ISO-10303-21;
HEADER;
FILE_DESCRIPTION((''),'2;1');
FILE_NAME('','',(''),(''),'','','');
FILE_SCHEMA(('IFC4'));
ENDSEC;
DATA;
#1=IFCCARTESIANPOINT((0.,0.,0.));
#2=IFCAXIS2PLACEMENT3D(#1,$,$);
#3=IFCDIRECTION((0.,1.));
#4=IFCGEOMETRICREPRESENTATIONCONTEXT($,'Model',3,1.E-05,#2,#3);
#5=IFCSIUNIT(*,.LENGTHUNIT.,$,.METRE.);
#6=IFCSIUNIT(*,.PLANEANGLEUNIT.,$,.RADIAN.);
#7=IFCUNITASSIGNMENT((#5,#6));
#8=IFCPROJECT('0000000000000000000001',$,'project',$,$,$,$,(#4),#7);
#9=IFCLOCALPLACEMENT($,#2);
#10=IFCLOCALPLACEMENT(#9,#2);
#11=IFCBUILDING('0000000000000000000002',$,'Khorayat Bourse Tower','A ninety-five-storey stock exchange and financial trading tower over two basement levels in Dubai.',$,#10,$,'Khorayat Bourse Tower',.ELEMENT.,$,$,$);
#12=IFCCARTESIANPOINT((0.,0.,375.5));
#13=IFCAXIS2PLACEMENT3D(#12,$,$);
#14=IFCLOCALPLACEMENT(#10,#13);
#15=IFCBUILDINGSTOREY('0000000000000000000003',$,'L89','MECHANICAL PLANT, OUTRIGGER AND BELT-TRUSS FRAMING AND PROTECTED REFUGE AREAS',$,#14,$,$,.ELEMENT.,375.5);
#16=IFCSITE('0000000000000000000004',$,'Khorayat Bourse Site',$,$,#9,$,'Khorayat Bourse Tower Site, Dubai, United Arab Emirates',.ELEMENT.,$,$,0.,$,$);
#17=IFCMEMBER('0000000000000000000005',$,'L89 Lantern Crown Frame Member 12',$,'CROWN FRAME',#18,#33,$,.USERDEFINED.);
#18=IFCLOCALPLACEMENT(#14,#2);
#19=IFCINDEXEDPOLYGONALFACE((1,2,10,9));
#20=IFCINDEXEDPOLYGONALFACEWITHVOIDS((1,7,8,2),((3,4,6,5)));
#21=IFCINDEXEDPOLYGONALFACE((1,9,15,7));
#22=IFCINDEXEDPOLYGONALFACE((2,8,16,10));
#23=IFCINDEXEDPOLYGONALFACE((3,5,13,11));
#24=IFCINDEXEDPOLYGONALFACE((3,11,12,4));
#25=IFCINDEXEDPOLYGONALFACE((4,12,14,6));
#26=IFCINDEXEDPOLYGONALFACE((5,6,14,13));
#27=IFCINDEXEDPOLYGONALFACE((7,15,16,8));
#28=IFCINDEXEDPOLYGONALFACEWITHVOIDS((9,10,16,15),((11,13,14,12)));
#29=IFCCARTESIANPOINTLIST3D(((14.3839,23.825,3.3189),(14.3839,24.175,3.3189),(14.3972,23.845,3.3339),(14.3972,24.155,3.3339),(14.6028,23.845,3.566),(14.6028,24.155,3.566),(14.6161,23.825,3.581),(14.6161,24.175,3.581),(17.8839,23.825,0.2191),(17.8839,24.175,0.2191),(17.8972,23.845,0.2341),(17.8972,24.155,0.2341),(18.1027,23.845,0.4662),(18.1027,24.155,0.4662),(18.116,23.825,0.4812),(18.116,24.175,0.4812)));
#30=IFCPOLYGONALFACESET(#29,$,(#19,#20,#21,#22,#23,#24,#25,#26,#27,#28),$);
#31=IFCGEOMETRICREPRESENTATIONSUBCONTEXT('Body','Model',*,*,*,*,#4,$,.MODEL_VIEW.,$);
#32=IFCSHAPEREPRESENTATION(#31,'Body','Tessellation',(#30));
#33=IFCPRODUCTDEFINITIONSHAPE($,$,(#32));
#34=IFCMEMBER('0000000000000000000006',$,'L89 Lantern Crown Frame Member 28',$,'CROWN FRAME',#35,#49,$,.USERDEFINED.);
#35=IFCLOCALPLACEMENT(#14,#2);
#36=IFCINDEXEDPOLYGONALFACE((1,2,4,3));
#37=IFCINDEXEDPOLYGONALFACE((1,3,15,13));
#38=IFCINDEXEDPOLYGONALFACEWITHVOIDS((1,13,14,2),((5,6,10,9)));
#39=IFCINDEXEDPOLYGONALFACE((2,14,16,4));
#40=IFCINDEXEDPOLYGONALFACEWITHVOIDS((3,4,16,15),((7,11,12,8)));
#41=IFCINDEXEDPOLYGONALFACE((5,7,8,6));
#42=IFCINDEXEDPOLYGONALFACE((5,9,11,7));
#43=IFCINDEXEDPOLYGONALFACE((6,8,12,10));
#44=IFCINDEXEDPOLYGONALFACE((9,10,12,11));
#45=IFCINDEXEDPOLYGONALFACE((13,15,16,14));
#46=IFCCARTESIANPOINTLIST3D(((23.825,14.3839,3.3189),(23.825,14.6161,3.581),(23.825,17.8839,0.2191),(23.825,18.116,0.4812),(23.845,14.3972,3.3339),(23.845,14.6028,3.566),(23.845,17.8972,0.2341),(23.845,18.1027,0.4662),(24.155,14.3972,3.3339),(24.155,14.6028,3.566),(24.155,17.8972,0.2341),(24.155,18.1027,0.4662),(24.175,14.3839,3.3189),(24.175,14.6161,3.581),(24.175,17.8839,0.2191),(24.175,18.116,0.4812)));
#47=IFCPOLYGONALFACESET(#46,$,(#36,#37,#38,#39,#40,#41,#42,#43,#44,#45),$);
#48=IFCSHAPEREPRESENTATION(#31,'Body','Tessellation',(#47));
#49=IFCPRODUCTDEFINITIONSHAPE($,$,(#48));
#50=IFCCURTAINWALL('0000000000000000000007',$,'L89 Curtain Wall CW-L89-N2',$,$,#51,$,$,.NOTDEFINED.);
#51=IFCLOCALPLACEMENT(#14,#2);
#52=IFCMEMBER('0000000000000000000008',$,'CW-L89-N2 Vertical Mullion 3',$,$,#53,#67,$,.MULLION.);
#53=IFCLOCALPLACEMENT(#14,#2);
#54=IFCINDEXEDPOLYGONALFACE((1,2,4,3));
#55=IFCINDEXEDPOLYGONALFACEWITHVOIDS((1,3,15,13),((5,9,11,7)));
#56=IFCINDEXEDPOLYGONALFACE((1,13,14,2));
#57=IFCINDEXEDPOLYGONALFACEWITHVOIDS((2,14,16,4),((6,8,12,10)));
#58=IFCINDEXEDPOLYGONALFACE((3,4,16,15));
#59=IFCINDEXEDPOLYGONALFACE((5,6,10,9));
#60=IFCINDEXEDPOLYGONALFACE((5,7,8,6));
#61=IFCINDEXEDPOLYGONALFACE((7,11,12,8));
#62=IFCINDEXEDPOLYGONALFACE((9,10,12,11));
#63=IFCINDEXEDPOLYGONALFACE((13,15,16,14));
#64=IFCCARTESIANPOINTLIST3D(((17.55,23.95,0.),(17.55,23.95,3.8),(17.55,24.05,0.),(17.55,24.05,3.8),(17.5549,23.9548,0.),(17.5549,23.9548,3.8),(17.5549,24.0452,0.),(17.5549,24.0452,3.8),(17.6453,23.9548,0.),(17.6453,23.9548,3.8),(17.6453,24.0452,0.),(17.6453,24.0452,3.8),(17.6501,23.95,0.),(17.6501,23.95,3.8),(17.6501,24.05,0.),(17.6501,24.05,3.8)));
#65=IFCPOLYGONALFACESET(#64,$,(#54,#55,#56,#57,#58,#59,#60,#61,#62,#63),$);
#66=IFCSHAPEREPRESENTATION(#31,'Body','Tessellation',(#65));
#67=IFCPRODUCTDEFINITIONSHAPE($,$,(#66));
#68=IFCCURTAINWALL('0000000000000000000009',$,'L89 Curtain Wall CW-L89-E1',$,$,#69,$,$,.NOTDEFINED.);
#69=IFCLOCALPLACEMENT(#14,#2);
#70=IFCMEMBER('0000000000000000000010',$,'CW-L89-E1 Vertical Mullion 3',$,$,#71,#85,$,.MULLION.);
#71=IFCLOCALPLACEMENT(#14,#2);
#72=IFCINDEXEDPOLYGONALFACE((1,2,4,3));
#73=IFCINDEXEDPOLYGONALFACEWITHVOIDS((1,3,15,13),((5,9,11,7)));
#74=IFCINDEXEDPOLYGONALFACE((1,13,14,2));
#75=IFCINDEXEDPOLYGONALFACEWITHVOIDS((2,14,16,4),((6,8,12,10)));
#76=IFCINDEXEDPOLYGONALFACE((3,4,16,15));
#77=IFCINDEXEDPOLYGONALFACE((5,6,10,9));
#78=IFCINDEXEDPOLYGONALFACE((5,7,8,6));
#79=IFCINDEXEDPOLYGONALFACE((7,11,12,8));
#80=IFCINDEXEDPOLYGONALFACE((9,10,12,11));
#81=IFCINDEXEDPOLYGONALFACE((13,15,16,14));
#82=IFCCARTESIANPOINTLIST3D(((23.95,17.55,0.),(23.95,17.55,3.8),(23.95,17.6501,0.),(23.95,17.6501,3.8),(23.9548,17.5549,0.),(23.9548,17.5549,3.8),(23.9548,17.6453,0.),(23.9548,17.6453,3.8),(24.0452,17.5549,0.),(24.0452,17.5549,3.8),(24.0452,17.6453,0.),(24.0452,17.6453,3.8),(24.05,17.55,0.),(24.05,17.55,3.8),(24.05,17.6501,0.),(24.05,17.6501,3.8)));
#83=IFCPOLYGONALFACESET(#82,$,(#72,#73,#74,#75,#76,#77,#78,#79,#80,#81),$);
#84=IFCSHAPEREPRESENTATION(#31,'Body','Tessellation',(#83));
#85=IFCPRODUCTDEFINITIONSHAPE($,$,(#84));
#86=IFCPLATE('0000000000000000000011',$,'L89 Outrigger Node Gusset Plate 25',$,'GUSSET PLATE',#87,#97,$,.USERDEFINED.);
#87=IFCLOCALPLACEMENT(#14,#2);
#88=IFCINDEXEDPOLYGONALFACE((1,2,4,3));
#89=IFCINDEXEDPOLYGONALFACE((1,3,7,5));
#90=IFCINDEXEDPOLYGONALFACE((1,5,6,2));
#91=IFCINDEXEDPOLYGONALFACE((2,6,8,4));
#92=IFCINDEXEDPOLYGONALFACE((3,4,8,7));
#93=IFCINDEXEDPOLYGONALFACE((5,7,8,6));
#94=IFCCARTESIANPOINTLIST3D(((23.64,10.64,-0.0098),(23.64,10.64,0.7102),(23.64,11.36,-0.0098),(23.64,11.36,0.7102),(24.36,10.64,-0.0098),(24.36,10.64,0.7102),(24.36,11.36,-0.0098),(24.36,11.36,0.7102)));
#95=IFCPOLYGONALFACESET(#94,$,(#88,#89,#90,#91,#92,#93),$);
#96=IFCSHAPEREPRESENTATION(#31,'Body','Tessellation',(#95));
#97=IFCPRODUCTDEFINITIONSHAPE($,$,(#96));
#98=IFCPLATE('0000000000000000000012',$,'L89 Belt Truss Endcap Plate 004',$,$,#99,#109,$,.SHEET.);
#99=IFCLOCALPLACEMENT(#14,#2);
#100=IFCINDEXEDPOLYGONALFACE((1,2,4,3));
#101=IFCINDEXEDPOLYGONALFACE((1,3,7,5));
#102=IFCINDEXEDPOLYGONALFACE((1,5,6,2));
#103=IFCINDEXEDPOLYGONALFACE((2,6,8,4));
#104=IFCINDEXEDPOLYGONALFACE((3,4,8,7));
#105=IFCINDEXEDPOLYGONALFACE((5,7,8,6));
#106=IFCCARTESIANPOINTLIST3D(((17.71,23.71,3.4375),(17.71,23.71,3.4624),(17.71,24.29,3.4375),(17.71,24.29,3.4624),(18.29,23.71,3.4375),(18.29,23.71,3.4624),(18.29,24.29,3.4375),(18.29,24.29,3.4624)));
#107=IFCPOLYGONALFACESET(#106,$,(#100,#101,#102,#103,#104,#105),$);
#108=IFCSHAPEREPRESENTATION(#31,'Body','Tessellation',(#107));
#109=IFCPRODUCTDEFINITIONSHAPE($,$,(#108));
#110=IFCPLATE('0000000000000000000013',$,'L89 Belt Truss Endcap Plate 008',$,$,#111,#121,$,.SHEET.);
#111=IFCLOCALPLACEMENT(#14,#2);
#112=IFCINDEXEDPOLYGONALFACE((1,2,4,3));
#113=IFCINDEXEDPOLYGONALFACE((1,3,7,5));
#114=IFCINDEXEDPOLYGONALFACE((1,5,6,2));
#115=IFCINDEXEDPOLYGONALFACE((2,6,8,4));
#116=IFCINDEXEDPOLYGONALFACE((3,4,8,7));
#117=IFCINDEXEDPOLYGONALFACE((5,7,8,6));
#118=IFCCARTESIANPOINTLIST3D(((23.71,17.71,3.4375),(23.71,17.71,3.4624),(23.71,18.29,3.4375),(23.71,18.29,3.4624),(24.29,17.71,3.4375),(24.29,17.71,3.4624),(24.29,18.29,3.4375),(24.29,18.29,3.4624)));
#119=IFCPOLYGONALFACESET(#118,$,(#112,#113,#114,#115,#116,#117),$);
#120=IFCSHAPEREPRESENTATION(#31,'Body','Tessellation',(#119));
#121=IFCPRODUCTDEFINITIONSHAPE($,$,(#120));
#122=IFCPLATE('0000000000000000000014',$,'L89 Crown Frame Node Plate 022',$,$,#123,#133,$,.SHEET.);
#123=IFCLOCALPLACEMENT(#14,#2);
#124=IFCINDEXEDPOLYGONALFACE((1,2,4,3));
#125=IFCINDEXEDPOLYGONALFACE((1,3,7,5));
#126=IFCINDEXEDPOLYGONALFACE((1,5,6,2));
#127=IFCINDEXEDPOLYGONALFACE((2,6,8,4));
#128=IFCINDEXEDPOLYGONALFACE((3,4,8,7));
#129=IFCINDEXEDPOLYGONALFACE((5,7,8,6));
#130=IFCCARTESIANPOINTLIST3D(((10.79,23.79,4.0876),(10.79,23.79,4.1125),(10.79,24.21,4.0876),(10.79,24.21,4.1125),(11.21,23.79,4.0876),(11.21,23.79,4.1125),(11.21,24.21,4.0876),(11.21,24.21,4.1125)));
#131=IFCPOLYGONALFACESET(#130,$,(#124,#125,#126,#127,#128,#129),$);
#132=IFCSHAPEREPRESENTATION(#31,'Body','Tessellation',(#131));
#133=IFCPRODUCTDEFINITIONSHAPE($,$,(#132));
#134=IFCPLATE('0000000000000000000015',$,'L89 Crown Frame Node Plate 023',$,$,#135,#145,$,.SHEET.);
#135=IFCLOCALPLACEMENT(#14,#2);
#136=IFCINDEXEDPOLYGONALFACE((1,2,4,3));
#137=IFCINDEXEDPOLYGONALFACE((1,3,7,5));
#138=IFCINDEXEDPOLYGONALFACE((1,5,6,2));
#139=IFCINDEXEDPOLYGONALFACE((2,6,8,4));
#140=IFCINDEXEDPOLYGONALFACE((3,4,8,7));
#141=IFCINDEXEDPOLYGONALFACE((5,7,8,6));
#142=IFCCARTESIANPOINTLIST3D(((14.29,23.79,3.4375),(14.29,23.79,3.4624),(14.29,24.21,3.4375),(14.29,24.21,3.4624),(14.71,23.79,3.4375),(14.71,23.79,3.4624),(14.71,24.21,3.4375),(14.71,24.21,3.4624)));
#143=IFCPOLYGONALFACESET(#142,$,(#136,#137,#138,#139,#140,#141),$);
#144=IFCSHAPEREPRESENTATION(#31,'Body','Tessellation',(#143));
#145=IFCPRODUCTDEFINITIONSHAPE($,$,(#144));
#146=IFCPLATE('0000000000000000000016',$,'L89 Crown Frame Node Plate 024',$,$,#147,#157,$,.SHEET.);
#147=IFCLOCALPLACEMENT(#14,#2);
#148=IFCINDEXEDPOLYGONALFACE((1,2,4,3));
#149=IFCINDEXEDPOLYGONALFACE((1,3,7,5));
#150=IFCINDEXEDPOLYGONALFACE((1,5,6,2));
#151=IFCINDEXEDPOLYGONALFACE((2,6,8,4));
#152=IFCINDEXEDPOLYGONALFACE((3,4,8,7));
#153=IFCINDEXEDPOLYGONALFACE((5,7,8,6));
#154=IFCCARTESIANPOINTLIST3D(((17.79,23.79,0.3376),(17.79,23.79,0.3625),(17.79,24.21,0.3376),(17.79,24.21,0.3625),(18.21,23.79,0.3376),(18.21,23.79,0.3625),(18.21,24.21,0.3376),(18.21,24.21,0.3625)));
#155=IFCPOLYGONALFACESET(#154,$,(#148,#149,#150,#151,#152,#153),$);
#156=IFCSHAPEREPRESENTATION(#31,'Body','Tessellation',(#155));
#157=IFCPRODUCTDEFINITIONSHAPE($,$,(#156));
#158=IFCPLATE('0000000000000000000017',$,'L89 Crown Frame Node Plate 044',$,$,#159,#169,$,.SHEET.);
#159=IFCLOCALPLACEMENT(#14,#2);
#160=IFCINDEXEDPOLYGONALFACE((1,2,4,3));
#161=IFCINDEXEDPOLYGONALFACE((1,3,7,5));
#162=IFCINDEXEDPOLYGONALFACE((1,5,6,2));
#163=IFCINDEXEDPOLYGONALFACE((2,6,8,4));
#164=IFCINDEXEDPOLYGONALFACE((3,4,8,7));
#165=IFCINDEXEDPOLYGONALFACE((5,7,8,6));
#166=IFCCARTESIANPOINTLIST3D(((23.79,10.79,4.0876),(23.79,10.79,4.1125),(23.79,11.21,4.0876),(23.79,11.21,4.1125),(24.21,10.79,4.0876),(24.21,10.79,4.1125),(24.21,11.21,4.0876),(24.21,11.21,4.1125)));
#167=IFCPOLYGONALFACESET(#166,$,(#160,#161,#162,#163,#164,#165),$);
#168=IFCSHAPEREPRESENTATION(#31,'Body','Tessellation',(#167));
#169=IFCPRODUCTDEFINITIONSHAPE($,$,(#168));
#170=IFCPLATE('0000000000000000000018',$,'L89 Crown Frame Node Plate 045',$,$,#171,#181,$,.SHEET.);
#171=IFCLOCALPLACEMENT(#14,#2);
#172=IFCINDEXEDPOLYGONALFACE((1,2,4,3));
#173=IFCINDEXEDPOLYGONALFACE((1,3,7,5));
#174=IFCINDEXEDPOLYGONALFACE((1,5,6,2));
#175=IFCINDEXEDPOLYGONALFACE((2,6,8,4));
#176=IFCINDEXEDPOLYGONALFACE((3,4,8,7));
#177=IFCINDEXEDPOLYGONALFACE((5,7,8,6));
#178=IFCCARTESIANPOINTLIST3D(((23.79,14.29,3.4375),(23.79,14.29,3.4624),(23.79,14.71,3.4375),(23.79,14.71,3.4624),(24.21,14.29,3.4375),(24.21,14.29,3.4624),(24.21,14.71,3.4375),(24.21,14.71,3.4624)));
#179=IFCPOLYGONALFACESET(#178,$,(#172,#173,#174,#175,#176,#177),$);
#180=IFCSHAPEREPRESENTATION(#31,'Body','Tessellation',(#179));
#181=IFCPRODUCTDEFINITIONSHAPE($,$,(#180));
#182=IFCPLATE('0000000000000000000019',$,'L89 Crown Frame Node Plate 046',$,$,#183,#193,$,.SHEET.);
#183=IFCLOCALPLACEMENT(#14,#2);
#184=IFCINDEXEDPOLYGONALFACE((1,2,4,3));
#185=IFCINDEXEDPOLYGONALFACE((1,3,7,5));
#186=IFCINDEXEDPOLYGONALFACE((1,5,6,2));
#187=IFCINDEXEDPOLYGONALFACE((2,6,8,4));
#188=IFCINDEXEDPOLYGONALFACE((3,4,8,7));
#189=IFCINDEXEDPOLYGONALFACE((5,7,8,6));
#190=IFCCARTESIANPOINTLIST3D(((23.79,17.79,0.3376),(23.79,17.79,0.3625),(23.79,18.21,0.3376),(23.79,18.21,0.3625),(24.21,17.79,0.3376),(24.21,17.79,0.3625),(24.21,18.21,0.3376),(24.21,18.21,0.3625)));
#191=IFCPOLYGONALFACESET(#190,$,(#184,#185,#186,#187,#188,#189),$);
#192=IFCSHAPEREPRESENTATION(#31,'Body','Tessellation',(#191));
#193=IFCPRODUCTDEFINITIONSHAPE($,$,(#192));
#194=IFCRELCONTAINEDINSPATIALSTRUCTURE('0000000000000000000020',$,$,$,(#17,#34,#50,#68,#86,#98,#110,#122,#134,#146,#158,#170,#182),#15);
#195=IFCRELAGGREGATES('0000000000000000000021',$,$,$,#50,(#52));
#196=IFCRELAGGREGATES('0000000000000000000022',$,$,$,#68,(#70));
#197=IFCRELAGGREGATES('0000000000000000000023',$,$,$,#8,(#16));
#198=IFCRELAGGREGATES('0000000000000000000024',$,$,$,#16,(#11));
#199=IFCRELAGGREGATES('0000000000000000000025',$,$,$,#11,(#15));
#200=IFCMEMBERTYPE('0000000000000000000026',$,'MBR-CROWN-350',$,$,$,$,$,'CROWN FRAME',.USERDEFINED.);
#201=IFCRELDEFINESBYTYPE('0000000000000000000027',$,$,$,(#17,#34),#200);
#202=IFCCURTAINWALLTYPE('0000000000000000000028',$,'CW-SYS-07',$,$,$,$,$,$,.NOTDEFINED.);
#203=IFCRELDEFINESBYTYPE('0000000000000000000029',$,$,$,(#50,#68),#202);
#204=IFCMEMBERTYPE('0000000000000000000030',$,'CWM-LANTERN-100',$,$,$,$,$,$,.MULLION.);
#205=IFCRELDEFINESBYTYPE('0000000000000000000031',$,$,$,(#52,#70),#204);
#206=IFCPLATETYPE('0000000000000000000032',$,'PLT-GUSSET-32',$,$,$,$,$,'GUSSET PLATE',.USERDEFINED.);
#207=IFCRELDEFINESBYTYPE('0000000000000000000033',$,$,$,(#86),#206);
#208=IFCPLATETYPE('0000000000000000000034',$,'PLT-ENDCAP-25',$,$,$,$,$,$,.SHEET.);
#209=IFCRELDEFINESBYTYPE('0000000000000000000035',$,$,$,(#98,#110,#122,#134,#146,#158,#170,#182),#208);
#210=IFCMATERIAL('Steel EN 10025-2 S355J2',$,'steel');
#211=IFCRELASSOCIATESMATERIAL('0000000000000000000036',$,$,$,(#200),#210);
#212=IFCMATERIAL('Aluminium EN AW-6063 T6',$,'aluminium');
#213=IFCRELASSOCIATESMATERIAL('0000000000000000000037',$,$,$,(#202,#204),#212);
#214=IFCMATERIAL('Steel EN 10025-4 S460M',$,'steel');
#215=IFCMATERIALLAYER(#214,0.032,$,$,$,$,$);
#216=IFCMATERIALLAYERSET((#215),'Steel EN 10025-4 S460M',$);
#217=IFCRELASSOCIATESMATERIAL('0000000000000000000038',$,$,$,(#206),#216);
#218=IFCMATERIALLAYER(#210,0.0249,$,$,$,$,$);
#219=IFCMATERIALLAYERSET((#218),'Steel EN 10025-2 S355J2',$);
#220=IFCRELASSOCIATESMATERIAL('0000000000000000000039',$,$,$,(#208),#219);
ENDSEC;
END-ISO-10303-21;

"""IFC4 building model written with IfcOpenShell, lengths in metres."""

from ifc_helpers import new_model, si_unit, direction, frame, origin, origin_2d, place, context, subcontext, project, spatial, rectangle, hollow_rectangle, extrude, source, transform, mapped, material, layer, layer_set, material_profile, profile_set, type_object, element, aggregate, save


model = new_model("IFC4")

# Units and contexts
model_context = context("Model", 3, precision=1e-05, world=origin(), true_north=direction((0.0, 1.0)))
body_context = subcontext(model_context, "Body", "Model", "MODEL_VIEW")
ifc_project = project(units=[si_unit("LENGTHUNIT", "METRE"), si_unit("PLANEANGLEUNIT", "RADIAN")], contexts=[model_context])

# Site, building, storey
site_placement = place(None, origin())
site = spatial("IfcSite", under=ifc_project, at=site_placement, Name="Khorayat Bourse Site", LongName="Khorayat Bourse Tower Site, Dubai, United Arab Emirates", CompositionType="ELEMENT", RefElevation=0.0)
building_placement = place(site_placement, origin())
building = spatial("IfcBuilding", under=site, at=building_placement, Name="Khorayat Bourse Tower", Description="A ninety-five-storey stock exchange and financial trading tower over two basement levels in Dubai.", LongName="Khorayat Bourse Tower", CompositionType="ELEMENT")
storey_placement = place(building_placement, frame((0.0, 0.0, 375.5)))
storey = spatial("IfcBuildingStorey", under=building, at=storey_placement, Name="L89", Description="MECHANICAL PLANT, OUTRIGGER AND BELT-TRUSS FRAMING AND PROTECTED REFUGE AREAS", CompositionType="ELEMENT", Elevation=375.5)

# Shared definitions
ifc_material_1 = material(Name="Steel EN 10025-2 S355J2", Category="steel")

# Members
ifc_material_profile_1 = material_profile(ifc_material_1, hollow_rectangle(XDim=0.3501, YDim=0.3501, WallThickness=0.02, at=origin_2d()), Name="HSS 350x350x20")
ifc_profile_set_1 = profile_set([ifc_material_profile_1], Name="Steel EN 10025-2 S355J2")
member_type_1 = type_object("IfcMemberType", Name="MBR-CROWN-350", ElementType="CROWN FRAME", PredefinedType="USERDEFINED", material=ifc_profile_set_1)
shared_shape_1 = source(origin(), body_context, "Body", "SweptSolid", [
    extrude(hollow_rectangle(XDim=0.3501, YDim=0.3501, WallThickness=0.02, at=origin_2d()), origin(), (0.0, 0.0, 1.0), 4.6753),
])
for number, where, z_axis, x_axis, name in (
    (1, (14.5, 24.0, 3.45), (0.748604, 0.0, -0.663018), (0.0, 1.0, 0.0), "L89 Lantern Crown Frame Member 12"),
    (2, (24.0, 14.5, 3.45), (0.0, 0.748604, -0.663018), (-1.0, 0.0, 0.0), "L89 Lantern Crown Frame Member 28"),
):
    element("IfcMember", number, at=place(storey_placement, frame(where, z_axis=z_axis, x_axis=x_axis)), inside=storey, type_object=member_type_1, Name=name, ObjectType="CROWN FRAME", PredefinedType="USERDEFINED", context=body_context, shape_type="MappedRepresentation", body=[
        mapped(shared_shape_1, transform((0.0, 0.0, 0.0), scale=1.0)),
    ])

# Curtain walls, members
ifc_material_2 = material(Name="Aluminium EN AW-6063 T6", Category="aluminium")
curtain_wall_type = type_object("IfcCurtainWallType", Name="CW-SYS-07", PredefinedType="NOTDEFINED", material=ifc_material_2)
curtain_wall_1_placement = place(storey_placement, origin())
curtain_wall_1 = element("IfcCurtainWall", 3, at=curtain_wall_1_placement, inside=storey, type_object=curtain_wall_type, Name="L89 Curtain Wall CW-L89-N2", PredefinedType="NOTDEFINED")
ifc_material_profile_2 = material_profile(ifc_material_2, hollow_rectangle(XDim=0.1001, YDim=0.1001, WallThickness=0.0049, at=origin_2d()), Name="ALU 100x100x5")
ifc_profile_set_2 = profile_set([ifc_material_profile_2], Name="Aluminium EN AW-6063 T6")
member_type_2 = type_object("IfcMemberType", Name="CWM-LANTERN-100", PredefinedType="MULLION", material=ifc_profile_set_2)
shared_shape_2 = source(origin(), body_context, "Body", "SweptSolid", [
    extrude(hollow_rectangle(XDim=0.1001, YDim=0.1001, WallThickness=0.0049, at=origin_2d()), origin(), (0.0, 0.0, 1.0), 3.8),
])
member_1_placement = place(storey_placement, frame((17.6001, 24.0, 0.0), z_axis=(0.0, 0.0, 1.0), x_axis=(0.0, 1.0, 0.0)))
member_1 = element("IfcMember", 4, at=member_1_placement, type_object=member_type_2, Name="CW-L89-N2 Vertical Mullion 3", PredefinedType="MULLION", context=body_context, shape_type="MappedRepresentation", body=[
    mapped(shared_shape_2, transform((0.0, 0.0, 0.0), scale=1.0)),
])
aggregate(curtain_wall_1, [member_1])
curtain_wall_2_placement = place(storey_placement, origin())
curtain_wall_2 = element("IfcCurtainWall", 5, at=curtain_wall_2_placement, inside=storey, type_object=curtain_wall_type, Name="L89 Curtain Wall CW-L89-E1", PredefinedType="NOTDEFINED")
member_2_placement = place(storey_placement, frame((24.0, 17.6001, 0.0), z_axis=(0.0, 0.0, 1.0), x_axis=(-1.0, 0.0, 0.0)))
member_2 = element("IfcMember", 6, at=member_2_placement, type_object=member_type_2, Name="CW-L89-E1 Vertical Mullion 3", PredefinedType="MULLION", context=body_context, shape_type="MappedRepresentation", body=[
    mapped(shared_shape_2, transform((0.0, 0.0, 0.0), scale=1.0)),
])
aggregate(curtain_wall_2, [member_2])

# Plates
ifc_material_3 = material(Name="Steel EN 10025-4 S460M", Category="steel")
ifc_layer_1 = layer(ifc_material_3, 0.032)
ifc_layer_set_1 = layer_set([ifc_layer_1], Name="Steel EN 10025-4 S460M")
plate_type_1 = type_object("IfcPlateType", Name="PLT-GUSSET-32", ElementType="GUSSET PLATE", PredefinedType="USERDEFINED", material=ifc_layer_set_1)
shared_shape_3 = source(origin(), body_context, "Body", "SweptSolid", [
    extrude(rectangle(XDim=0.72, YDim=0.72, at=origin_2d()), origin(), (0.0, 0.0, 1.0), 0.72),
])
plate_placement = place(storey_placement, frame((24.0, 11.0, -0.0098), z_axis=(0.0, 0.0, 1.0), x_axis=(1.0, 0.0, 0.0)))
element("IfcPlate", 7, at=plate_placement, inside=storey, type_object=plate_type_1, Name="L89 Outrigger Node Gusset Plate 25", ObjectType="GUSSET PLATE", PredefinedType="USERDEFINED", context=body_context, shape_type="MappedRepresentation", body=[
    mapped(shared_shape_3, transform((0.0, 0.0, 0.0), scale=1.0)),
])
ifc_layer_2 = layer(ifc_material_1, 0.0249)
ifc_layer_set_2 = layer_set([ifc_layer_2], Name="Steel EN 10025-2 S355J2")
plate_type_2 = type_object("IfcPlateType", Name="PLT-ENDCAP-25", PredefinedType="SHEET", material=ifc_layer_set_2)
shared_shape_4 = source(origin(), body_context, "Body", "SweptSolid", [
    extrude(rectangle(XDim=0.5801, YDim=0.5801, at=origin_2d()), origin(), (0.0, 0.0, 1.0), 0.0249),
])
for number, where, z_axis, x_axis, name in (
    (8, (18.0, 24.0, 3.4375), (0.0, 0.0, 1.0), (1.0, 0.0, 0.0), "L89 Belt Truss Endcap Plate 004"),
    (9, (24.0, 18.0, 3.4375), (0.0, 0.0, 1.0), (1.0, 0.0, 0.0), "L89 Belt Truss Endcap Plate 008"),
):
    element("IfcPlate", number, at=place(storey_placement, frame(where, z_axis=z_axis, x_axis=x_axis)), inside=storey, type_object=plate_type_2, Name=name, PredefinedType="SHEET", context=body_context, shape_type="MappedRepresentation", body=[
        mapped(shared_shape_4, transform((0.0, 0.0, 0.0), scale=1.0)),
    ])
shared_shape_5 = source(origin(), body_context, "Body", "SweptSolid", [
    extrude(rectangle(XDim=0.4199, YDim=0.4199, at=origin_2d()), origin(), (0.0, 0.0, 1.0), 0.0249),
])
for number, where, z_axis, x_axis, name in (
    (10, (11.0, 24.0, 4.0876), (0.0, 0.0, 1.0), (1.0, 0.0, 0.0), "L89 Crown Frame Node Plate 022"),
    (11, (14.5, 24.0, 3.4375), (0.0, 0.0, 1.0), (1.0, 0.0, 0.0), "L89 Crown Frame Node Plate 023"),
    (12, (18.0, 24.0, 0.3376), (0.0, 0.0, 1.0), (1.0, 0.0, 0.0), "L89 Crown Frame Node Plate 024"),
    (13, (24.0, 11.0, 4.0876), (0.0, 0.0, 1.0), (1.0, 0.0, 0.0), "L89 Crown Frame Node Plate 044"),
    (14, (24.0, 14.5, 3.4375), (0.0, 0.0, 1.0), (1.0, 0.0, 0.0), "L89 Crown Frame Node Plate 045"),
    (15, (24.0, 18.0, 0.3376), (0.0, 0.0, 1.0), (1.0, 0.0, 0.0), "L89 Crown Frame Node Plate 046"),
):
    element("IfcPlate", number, at=place(storey_placement, frame(where, z_axis=z_axis, x_axis=x_axis)), inside=storey, type_object=plate_type_2, Name=name, PredefinedType="SHEET", context=body_context, shape_type="MappedRepresentation", body=[
        mapped(shared_shape_5, transform((0.0, 0.0, 0.0), scale=1.0)),
    ])

save(model, "model.ifc")
